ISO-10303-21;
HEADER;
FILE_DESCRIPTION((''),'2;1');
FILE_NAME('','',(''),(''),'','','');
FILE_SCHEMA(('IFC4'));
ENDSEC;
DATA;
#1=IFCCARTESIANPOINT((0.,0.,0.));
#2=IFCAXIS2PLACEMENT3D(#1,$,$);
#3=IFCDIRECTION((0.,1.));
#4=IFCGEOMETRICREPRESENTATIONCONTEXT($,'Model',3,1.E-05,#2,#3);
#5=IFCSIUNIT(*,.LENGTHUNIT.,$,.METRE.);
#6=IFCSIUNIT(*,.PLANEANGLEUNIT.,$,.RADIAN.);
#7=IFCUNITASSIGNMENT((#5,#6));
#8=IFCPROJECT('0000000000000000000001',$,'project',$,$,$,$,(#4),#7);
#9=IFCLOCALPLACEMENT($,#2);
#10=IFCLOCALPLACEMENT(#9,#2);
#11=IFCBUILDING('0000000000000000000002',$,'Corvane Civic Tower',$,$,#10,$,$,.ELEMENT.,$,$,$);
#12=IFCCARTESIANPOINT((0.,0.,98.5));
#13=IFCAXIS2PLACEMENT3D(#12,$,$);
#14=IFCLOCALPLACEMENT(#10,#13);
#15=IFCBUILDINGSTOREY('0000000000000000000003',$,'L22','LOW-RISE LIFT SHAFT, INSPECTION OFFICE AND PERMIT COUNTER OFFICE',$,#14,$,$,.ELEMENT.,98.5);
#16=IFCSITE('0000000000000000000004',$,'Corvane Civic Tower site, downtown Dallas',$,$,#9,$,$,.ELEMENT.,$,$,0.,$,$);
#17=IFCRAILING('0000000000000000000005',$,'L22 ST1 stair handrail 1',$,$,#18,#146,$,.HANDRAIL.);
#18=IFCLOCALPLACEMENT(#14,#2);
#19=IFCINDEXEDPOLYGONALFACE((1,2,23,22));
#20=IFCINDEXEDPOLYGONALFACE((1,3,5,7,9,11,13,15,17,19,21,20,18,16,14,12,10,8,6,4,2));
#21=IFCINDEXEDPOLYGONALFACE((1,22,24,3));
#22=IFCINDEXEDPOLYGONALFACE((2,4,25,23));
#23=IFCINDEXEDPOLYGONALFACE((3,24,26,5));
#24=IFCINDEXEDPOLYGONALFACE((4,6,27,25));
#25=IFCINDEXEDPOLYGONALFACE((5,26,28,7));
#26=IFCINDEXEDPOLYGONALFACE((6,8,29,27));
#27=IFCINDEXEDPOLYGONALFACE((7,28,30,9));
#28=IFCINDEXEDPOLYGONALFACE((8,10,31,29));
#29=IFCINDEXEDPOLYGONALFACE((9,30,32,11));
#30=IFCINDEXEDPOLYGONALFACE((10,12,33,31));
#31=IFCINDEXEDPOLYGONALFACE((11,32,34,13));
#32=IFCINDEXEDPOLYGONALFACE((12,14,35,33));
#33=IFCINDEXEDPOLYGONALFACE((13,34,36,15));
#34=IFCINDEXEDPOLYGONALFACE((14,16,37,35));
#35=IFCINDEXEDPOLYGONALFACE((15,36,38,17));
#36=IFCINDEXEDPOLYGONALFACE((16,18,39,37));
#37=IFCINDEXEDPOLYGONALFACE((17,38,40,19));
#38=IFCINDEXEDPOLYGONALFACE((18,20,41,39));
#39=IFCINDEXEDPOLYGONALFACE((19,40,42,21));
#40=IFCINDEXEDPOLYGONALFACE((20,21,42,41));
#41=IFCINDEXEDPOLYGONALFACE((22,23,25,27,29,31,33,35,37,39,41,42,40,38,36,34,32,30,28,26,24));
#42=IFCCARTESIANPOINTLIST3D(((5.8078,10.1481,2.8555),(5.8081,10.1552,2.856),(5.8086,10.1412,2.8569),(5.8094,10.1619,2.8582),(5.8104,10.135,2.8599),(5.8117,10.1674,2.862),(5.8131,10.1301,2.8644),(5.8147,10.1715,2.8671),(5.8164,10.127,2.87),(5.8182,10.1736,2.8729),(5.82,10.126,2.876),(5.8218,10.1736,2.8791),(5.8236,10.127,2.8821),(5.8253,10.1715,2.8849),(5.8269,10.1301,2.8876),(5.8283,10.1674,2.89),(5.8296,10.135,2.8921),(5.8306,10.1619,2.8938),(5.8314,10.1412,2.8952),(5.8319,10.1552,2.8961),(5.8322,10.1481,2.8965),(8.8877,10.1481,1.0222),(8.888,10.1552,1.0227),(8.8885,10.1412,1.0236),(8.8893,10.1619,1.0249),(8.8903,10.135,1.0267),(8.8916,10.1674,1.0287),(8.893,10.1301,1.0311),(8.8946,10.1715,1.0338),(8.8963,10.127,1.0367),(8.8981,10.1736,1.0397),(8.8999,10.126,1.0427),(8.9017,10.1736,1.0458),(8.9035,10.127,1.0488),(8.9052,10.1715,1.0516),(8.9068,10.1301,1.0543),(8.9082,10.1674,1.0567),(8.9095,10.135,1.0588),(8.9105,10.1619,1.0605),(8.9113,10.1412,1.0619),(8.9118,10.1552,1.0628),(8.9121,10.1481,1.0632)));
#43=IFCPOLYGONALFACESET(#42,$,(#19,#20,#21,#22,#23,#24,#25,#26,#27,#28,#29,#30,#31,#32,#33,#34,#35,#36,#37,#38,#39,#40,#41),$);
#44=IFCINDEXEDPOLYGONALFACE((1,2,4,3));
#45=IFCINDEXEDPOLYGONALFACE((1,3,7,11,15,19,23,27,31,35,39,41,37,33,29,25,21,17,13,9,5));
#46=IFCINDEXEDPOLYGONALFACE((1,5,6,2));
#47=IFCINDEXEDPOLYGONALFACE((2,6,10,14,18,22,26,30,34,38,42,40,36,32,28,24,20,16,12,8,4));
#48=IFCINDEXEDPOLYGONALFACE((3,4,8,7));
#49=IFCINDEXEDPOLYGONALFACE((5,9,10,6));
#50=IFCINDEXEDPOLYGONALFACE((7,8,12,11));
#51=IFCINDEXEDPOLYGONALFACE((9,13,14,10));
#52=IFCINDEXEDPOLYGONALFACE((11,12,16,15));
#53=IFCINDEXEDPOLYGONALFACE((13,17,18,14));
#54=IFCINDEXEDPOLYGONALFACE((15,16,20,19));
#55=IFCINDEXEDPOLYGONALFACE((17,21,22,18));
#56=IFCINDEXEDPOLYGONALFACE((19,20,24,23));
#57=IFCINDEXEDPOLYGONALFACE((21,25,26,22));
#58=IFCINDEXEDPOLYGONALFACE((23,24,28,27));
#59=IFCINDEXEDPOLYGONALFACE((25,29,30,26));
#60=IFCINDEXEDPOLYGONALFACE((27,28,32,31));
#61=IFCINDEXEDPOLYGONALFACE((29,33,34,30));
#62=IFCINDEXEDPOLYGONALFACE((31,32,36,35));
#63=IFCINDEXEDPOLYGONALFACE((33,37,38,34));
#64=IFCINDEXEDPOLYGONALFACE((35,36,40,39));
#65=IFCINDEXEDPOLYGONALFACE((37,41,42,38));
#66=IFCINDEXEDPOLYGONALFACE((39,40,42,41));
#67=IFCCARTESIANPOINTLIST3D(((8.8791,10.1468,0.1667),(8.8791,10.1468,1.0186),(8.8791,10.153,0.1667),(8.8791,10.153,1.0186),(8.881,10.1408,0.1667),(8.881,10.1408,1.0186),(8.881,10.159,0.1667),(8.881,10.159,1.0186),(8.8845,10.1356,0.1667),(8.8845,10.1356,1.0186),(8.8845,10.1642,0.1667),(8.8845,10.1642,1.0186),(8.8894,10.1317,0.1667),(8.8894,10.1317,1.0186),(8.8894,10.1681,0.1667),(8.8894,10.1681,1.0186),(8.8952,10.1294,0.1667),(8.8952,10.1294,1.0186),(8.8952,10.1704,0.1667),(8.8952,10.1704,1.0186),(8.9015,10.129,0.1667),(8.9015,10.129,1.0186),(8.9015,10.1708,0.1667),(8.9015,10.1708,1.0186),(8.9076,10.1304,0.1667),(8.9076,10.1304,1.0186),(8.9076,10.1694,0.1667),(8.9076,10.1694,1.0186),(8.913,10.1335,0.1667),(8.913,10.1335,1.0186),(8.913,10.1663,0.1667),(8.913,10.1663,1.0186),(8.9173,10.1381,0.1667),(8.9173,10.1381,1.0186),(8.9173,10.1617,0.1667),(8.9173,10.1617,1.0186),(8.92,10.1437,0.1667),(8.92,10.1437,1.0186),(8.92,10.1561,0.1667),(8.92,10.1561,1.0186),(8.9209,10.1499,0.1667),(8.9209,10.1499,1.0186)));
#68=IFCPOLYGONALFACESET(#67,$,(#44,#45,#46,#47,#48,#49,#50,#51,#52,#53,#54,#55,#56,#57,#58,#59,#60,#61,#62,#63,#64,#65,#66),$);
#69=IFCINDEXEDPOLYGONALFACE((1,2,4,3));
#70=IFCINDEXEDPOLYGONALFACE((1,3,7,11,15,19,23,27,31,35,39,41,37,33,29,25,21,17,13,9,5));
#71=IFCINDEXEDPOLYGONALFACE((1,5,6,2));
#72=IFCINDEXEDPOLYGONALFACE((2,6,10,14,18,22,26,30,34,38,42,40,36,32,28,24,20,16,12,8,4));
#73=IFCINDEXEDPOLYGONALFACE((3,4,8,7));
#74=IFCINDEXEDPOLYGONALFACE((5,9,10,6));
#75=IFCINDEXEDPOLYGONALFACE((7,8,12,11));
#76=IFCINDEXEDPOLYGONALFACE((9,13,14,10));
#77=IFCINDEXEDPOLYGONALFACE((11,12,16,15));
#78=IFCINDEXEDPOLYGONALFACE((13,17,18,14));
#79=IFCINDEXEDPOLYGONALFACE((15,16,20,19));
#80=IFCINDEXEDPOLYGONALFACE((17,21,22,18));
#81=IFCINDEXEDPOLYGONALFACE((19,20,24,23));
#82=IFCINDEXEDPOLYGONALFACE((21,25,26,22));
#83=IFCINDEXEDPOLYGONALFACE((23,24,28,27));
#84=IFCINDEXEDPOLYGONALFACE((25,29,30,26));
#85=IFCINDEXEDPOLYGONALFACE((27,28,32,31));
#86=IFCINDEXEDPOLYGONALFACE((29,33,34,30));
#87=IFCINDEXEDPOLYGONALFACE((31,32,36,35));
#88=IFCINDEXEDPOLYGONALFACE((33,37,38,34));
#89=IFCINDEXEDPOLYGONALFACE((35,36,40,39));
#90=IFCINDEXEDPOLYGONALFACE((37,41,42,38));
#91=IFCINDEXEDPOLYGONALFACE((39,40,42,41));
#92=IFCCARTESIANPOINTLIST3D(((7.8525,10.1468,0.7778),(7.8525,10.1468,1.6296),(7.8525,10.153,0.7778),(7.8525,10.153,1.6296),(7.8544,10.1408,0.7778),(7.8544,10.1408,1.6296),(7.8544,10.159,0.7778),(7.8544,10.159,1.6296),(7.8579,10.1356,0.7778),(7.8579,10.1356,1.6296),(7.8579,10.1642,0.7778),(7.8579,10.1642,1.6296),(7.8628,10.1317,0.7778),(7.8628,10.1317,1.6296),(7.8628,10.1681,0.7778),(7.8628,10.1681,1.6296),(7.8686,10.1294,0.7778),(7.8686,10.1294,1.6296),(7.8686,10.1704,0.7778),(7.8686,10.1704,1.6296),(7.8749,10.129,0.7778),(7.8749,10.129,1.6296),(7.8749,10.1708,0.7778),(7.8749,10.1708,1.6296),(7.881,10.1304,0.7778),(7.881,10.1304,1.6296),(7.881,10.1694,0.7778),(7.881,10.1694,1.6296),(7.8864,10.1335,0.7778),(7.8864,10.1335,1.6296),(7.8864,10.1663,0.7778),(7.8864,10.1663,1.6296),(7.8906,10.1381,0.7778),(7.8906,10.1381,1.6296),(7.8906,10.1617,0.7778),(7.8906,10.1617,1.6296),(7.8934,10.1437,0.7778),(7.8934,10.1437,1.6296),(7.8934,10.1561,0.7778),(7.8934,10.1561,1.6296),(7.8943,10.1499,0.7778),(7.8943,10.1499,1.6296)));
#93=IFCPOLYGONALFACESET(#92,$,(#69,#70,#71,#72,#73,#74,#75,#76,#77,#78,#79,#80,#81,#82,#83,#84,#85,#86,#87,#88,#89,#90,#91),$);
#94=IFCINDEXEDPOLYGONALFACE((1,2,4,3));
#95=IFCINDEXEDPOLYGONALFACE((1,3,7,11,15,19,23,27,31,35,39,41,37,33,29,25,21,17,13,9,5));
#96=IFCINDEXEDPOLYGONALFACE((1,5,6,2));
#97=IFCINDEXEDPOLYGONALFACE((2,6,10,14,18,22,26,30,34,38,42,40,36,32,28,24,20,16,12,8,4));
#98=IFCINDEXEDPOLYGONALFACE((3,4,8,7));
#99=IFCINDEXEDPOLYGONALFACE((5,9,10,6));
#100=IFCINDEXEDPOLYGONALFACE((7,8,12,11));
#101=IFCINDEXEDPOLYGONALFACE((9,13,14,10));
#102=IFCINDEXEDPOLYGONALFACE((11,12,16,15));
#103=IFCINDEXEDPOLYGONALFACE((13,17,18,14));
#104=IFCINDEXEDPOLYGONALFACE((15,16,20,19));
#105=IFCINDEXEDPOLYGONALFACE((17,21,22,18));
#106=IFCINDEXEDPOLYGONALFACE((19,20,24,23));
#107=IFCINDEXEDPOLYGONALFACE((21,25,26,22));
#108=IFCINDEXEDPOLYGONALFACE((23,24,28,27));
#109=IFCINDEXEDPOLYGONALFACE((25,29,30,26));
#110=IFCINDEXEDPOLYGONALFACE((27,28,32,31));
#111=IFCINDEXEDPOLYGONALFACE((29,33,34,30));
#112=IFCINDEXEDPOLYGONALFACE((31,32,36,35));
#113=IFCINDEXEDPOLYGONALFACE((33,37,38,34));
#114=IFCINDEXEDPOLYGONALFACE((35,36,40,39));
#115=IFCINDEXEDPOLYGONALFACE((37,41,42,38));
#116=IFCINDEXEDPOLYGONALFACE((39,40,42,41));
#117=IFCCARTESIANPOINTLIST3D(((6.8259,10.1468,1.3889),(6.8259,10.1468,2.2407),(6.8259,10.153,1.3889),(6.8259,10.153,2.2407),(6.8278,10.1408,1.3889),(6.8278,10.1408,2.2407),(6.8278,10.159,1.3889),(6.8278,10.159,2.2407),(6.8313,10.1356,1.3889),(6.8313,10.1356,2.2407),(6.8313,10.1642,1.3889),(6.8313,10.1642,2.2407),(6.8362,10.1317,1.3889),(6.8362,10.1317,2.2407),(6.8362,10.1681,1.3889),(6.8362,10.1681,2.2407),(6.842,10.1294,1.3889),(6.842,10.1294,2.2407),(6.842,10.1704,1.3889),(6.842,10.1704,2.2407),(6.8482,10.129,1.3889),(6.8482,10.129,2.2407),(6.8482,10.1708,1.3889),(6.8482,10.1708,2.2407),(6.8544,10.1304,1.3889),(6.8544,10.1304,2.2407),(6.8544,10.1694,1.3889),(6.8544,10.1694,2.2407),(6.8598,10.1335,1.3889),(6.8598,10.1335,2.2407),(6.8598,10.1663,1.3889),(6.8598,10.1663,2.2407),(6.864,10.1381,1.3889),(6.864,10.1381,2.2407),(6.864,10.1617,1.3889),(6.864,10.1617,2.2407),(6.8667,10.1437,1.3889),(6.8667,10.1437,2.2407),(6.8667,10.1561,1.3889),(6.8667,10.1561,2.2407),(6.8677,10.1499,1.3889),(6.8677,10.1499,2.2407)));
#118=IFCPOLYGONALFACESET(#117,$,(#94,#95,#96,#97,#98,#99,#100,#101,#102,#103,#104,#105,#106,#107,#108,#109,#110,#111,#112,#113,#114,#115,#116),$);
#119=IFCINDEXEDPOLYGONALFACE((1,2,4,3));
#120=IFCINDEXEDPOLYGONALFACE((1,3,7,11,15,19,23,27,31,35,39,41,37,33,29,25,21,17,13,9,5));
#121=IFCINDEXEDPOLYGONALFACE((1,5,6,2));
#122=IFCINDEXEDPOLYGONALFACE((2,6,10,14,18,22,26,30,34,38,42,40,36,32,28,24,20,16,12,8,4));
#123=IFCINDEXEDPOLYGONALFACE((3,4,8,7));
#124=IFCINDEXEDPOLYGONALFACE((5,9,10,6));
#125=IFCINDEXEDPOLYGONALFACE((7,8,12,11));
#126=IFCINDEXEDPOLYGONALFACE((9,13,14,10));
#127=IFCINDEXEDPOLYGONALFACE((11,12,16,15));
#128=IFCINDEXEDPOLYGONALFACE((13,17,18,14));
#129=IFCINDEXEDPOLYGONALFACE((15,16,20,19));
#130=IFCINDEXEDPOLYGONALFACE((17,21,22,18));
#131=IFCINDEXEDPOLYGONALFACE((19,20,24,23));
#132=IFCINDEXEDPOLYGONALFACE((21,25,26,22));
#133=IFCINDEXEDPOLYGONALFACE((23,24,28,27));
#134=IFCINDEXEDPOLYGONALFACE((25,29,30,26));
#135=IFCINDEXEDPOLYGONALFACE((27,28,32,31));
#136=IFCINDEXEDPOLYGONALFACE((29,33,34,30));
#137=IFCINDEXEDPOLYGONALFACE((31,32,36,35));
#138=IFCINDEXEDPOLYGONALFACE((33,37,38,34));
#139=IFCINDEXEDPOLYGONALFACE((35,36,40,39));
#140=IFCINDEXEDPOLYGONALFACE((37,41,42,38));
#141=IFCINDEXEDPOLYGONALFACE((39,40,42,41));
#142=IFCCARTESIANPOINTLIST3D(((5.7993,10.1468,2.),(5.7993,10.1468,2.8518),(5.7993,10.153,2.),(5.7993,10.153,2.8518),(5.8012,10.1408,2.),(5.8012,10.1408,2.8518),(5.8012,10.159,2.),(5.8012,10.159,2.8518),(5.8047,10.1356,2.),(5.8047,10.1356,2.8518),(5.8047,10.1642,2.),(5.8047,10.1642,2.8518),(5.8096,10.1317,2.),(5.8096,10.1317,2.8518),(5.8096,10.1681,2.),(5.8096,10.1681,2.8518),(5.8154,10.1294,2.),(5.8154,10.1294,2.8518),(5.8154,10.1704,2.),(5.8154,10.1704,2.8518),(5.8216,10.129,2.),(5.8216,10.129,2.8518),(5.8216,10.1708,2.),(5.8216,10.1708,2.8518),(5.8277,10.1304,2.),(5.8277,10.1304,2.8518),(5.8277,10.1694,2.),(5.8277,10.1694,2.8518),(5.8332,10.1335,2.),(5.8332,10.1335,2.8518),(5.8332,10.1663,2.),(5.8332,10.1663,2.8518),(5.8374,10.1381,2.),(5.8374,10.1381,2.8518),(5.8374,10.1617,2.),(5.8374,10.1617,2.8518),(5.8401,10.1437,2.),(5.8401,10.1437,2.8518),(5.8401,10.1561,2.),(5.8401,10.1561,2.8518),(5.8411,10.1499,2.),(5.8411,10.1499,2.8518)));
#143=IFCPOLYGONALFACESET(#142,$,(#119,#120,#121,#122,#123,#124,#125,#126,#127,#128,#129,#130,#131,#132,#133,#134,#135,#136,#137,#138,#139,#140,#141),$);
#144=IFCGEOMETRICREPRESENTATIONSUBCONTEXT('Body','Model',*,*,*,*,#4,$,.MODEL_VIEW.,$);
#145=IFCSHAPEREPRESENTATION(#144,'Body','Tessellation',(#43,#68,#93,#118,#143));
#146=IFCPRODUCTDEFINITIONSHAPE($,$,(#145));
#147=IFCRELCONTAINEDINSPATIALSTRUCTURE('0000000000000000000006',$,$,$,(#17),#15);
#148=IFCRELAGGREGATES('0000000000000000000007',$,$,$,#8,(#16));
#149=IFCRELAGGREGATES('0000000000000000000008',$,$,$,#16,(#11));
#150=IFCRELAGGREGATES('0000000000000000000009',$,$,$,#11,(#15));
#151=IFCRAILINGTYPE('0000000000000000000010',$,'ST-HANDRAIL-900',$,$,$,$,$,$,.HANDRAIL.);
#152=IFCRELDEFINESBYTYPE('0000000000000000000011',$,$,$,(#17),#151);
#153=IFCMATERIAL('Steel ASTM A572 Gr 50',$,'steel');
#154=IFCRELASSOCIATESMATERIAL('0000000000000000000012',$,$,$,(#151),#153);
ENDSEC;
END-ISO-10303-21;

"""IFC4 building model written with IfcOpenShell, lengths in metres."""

from ifc_helpers import new_model, si_unit, direction, frame, origin, origin_2d, place, context, subcontext, project, spatial, circle, extrude, material, type_object, element, save


model = new_model("IFC4")

# Units and contexts
model_context = context("Model", 3, precision=1e-05, world=origin(), true_north=direction((0.0, 1.0)))
body_context = subcontext(model_context, "Body", "Model", "MODEL_VIEW")
ifc_project = project(units=[si_unit("LENGTHUNIT", "METRE"), si_unit("PLANEANGLEUNIT", "RADIAN")], contexts=[model_context])

# Site, building, storey
site_placement = place(None, origin())
site = spatial("IfcSite", under=ifc_project, at=site_placement, Name="Corvane Civic Tower site, downtown Dallas", CompositionType="ELEMENT", RefElevation=0.0)
building_placement = place(site_placement, origin())
building = spatial("IfcBuilding", under=site, at=building_placement, Name="Corvane Civic Tower", CompositionType="ELEMENT")
storey_placement = place(building_placement, frame((0.0, 0.0, 98.5)))
storey = spatial("IfcBuildingStorey", under=building, at=storey_placement, Name="L22", Description="LOW-RISE LIFT SHAFT, INSPECTION OFFICE AND PERMIT COUNTER OFFICE", CompositionType="ELEMENT", Elevation=98.5)

# Railing
ifc_material_1 = material(Name="Steel ASTM A572 Gr 50", Category="steel")
railing_type_1 = type_object("IfcRailingType", Name="ST-HANDRAIL-900", PredefinedType="HANDRAIL", material=ifc_material_1)
railing_1_placement = place(storey_placement, frame((8.8999, 10.1499, 0.1667)))
element("IfcRailing", 1, at=railing_1_placement, inside=storey, type_object=railing_type_1, Name="L22 ST1 stair handrail 1", PredefinedType="HANDRAIL", context=body_context, shape_type="SweptSolid", body=[
    extrude(circle(Radius=0.0239, at=origin_2d()), frame((0.0, 0.0, 0.876), z_axis=(-0.859291, 0.0, 0.511487), x_axis=(0.0, -1.0, 0.0)), (0.0, 0.0, 1.0), 3.5842),
    extrude(circle(Radius=0.021, at=origin_2d()), origin(), (0.0, 0.0, 1.0), 0.8518),
    extrude(circle(Radius=0.021, at=origin_2d()), frame((-1.0266, 0.0, 0.6111)), (0.0, 0.0, 1.0), 0.8518),
    extrude(circle(Radius=0.021, at=origin_2d()), frame((-2.0532, 0.0, 1.2222)), (0.0, 0.0, 1.0), 0.8518),
    extrude(circle(Radius=0.021, at=origin_2d()), frame((-3.0798, 0.0, 1.8333)), (0.0, 0.0, 1.0), 0.8518),
])

save(model, "model.ifc")
